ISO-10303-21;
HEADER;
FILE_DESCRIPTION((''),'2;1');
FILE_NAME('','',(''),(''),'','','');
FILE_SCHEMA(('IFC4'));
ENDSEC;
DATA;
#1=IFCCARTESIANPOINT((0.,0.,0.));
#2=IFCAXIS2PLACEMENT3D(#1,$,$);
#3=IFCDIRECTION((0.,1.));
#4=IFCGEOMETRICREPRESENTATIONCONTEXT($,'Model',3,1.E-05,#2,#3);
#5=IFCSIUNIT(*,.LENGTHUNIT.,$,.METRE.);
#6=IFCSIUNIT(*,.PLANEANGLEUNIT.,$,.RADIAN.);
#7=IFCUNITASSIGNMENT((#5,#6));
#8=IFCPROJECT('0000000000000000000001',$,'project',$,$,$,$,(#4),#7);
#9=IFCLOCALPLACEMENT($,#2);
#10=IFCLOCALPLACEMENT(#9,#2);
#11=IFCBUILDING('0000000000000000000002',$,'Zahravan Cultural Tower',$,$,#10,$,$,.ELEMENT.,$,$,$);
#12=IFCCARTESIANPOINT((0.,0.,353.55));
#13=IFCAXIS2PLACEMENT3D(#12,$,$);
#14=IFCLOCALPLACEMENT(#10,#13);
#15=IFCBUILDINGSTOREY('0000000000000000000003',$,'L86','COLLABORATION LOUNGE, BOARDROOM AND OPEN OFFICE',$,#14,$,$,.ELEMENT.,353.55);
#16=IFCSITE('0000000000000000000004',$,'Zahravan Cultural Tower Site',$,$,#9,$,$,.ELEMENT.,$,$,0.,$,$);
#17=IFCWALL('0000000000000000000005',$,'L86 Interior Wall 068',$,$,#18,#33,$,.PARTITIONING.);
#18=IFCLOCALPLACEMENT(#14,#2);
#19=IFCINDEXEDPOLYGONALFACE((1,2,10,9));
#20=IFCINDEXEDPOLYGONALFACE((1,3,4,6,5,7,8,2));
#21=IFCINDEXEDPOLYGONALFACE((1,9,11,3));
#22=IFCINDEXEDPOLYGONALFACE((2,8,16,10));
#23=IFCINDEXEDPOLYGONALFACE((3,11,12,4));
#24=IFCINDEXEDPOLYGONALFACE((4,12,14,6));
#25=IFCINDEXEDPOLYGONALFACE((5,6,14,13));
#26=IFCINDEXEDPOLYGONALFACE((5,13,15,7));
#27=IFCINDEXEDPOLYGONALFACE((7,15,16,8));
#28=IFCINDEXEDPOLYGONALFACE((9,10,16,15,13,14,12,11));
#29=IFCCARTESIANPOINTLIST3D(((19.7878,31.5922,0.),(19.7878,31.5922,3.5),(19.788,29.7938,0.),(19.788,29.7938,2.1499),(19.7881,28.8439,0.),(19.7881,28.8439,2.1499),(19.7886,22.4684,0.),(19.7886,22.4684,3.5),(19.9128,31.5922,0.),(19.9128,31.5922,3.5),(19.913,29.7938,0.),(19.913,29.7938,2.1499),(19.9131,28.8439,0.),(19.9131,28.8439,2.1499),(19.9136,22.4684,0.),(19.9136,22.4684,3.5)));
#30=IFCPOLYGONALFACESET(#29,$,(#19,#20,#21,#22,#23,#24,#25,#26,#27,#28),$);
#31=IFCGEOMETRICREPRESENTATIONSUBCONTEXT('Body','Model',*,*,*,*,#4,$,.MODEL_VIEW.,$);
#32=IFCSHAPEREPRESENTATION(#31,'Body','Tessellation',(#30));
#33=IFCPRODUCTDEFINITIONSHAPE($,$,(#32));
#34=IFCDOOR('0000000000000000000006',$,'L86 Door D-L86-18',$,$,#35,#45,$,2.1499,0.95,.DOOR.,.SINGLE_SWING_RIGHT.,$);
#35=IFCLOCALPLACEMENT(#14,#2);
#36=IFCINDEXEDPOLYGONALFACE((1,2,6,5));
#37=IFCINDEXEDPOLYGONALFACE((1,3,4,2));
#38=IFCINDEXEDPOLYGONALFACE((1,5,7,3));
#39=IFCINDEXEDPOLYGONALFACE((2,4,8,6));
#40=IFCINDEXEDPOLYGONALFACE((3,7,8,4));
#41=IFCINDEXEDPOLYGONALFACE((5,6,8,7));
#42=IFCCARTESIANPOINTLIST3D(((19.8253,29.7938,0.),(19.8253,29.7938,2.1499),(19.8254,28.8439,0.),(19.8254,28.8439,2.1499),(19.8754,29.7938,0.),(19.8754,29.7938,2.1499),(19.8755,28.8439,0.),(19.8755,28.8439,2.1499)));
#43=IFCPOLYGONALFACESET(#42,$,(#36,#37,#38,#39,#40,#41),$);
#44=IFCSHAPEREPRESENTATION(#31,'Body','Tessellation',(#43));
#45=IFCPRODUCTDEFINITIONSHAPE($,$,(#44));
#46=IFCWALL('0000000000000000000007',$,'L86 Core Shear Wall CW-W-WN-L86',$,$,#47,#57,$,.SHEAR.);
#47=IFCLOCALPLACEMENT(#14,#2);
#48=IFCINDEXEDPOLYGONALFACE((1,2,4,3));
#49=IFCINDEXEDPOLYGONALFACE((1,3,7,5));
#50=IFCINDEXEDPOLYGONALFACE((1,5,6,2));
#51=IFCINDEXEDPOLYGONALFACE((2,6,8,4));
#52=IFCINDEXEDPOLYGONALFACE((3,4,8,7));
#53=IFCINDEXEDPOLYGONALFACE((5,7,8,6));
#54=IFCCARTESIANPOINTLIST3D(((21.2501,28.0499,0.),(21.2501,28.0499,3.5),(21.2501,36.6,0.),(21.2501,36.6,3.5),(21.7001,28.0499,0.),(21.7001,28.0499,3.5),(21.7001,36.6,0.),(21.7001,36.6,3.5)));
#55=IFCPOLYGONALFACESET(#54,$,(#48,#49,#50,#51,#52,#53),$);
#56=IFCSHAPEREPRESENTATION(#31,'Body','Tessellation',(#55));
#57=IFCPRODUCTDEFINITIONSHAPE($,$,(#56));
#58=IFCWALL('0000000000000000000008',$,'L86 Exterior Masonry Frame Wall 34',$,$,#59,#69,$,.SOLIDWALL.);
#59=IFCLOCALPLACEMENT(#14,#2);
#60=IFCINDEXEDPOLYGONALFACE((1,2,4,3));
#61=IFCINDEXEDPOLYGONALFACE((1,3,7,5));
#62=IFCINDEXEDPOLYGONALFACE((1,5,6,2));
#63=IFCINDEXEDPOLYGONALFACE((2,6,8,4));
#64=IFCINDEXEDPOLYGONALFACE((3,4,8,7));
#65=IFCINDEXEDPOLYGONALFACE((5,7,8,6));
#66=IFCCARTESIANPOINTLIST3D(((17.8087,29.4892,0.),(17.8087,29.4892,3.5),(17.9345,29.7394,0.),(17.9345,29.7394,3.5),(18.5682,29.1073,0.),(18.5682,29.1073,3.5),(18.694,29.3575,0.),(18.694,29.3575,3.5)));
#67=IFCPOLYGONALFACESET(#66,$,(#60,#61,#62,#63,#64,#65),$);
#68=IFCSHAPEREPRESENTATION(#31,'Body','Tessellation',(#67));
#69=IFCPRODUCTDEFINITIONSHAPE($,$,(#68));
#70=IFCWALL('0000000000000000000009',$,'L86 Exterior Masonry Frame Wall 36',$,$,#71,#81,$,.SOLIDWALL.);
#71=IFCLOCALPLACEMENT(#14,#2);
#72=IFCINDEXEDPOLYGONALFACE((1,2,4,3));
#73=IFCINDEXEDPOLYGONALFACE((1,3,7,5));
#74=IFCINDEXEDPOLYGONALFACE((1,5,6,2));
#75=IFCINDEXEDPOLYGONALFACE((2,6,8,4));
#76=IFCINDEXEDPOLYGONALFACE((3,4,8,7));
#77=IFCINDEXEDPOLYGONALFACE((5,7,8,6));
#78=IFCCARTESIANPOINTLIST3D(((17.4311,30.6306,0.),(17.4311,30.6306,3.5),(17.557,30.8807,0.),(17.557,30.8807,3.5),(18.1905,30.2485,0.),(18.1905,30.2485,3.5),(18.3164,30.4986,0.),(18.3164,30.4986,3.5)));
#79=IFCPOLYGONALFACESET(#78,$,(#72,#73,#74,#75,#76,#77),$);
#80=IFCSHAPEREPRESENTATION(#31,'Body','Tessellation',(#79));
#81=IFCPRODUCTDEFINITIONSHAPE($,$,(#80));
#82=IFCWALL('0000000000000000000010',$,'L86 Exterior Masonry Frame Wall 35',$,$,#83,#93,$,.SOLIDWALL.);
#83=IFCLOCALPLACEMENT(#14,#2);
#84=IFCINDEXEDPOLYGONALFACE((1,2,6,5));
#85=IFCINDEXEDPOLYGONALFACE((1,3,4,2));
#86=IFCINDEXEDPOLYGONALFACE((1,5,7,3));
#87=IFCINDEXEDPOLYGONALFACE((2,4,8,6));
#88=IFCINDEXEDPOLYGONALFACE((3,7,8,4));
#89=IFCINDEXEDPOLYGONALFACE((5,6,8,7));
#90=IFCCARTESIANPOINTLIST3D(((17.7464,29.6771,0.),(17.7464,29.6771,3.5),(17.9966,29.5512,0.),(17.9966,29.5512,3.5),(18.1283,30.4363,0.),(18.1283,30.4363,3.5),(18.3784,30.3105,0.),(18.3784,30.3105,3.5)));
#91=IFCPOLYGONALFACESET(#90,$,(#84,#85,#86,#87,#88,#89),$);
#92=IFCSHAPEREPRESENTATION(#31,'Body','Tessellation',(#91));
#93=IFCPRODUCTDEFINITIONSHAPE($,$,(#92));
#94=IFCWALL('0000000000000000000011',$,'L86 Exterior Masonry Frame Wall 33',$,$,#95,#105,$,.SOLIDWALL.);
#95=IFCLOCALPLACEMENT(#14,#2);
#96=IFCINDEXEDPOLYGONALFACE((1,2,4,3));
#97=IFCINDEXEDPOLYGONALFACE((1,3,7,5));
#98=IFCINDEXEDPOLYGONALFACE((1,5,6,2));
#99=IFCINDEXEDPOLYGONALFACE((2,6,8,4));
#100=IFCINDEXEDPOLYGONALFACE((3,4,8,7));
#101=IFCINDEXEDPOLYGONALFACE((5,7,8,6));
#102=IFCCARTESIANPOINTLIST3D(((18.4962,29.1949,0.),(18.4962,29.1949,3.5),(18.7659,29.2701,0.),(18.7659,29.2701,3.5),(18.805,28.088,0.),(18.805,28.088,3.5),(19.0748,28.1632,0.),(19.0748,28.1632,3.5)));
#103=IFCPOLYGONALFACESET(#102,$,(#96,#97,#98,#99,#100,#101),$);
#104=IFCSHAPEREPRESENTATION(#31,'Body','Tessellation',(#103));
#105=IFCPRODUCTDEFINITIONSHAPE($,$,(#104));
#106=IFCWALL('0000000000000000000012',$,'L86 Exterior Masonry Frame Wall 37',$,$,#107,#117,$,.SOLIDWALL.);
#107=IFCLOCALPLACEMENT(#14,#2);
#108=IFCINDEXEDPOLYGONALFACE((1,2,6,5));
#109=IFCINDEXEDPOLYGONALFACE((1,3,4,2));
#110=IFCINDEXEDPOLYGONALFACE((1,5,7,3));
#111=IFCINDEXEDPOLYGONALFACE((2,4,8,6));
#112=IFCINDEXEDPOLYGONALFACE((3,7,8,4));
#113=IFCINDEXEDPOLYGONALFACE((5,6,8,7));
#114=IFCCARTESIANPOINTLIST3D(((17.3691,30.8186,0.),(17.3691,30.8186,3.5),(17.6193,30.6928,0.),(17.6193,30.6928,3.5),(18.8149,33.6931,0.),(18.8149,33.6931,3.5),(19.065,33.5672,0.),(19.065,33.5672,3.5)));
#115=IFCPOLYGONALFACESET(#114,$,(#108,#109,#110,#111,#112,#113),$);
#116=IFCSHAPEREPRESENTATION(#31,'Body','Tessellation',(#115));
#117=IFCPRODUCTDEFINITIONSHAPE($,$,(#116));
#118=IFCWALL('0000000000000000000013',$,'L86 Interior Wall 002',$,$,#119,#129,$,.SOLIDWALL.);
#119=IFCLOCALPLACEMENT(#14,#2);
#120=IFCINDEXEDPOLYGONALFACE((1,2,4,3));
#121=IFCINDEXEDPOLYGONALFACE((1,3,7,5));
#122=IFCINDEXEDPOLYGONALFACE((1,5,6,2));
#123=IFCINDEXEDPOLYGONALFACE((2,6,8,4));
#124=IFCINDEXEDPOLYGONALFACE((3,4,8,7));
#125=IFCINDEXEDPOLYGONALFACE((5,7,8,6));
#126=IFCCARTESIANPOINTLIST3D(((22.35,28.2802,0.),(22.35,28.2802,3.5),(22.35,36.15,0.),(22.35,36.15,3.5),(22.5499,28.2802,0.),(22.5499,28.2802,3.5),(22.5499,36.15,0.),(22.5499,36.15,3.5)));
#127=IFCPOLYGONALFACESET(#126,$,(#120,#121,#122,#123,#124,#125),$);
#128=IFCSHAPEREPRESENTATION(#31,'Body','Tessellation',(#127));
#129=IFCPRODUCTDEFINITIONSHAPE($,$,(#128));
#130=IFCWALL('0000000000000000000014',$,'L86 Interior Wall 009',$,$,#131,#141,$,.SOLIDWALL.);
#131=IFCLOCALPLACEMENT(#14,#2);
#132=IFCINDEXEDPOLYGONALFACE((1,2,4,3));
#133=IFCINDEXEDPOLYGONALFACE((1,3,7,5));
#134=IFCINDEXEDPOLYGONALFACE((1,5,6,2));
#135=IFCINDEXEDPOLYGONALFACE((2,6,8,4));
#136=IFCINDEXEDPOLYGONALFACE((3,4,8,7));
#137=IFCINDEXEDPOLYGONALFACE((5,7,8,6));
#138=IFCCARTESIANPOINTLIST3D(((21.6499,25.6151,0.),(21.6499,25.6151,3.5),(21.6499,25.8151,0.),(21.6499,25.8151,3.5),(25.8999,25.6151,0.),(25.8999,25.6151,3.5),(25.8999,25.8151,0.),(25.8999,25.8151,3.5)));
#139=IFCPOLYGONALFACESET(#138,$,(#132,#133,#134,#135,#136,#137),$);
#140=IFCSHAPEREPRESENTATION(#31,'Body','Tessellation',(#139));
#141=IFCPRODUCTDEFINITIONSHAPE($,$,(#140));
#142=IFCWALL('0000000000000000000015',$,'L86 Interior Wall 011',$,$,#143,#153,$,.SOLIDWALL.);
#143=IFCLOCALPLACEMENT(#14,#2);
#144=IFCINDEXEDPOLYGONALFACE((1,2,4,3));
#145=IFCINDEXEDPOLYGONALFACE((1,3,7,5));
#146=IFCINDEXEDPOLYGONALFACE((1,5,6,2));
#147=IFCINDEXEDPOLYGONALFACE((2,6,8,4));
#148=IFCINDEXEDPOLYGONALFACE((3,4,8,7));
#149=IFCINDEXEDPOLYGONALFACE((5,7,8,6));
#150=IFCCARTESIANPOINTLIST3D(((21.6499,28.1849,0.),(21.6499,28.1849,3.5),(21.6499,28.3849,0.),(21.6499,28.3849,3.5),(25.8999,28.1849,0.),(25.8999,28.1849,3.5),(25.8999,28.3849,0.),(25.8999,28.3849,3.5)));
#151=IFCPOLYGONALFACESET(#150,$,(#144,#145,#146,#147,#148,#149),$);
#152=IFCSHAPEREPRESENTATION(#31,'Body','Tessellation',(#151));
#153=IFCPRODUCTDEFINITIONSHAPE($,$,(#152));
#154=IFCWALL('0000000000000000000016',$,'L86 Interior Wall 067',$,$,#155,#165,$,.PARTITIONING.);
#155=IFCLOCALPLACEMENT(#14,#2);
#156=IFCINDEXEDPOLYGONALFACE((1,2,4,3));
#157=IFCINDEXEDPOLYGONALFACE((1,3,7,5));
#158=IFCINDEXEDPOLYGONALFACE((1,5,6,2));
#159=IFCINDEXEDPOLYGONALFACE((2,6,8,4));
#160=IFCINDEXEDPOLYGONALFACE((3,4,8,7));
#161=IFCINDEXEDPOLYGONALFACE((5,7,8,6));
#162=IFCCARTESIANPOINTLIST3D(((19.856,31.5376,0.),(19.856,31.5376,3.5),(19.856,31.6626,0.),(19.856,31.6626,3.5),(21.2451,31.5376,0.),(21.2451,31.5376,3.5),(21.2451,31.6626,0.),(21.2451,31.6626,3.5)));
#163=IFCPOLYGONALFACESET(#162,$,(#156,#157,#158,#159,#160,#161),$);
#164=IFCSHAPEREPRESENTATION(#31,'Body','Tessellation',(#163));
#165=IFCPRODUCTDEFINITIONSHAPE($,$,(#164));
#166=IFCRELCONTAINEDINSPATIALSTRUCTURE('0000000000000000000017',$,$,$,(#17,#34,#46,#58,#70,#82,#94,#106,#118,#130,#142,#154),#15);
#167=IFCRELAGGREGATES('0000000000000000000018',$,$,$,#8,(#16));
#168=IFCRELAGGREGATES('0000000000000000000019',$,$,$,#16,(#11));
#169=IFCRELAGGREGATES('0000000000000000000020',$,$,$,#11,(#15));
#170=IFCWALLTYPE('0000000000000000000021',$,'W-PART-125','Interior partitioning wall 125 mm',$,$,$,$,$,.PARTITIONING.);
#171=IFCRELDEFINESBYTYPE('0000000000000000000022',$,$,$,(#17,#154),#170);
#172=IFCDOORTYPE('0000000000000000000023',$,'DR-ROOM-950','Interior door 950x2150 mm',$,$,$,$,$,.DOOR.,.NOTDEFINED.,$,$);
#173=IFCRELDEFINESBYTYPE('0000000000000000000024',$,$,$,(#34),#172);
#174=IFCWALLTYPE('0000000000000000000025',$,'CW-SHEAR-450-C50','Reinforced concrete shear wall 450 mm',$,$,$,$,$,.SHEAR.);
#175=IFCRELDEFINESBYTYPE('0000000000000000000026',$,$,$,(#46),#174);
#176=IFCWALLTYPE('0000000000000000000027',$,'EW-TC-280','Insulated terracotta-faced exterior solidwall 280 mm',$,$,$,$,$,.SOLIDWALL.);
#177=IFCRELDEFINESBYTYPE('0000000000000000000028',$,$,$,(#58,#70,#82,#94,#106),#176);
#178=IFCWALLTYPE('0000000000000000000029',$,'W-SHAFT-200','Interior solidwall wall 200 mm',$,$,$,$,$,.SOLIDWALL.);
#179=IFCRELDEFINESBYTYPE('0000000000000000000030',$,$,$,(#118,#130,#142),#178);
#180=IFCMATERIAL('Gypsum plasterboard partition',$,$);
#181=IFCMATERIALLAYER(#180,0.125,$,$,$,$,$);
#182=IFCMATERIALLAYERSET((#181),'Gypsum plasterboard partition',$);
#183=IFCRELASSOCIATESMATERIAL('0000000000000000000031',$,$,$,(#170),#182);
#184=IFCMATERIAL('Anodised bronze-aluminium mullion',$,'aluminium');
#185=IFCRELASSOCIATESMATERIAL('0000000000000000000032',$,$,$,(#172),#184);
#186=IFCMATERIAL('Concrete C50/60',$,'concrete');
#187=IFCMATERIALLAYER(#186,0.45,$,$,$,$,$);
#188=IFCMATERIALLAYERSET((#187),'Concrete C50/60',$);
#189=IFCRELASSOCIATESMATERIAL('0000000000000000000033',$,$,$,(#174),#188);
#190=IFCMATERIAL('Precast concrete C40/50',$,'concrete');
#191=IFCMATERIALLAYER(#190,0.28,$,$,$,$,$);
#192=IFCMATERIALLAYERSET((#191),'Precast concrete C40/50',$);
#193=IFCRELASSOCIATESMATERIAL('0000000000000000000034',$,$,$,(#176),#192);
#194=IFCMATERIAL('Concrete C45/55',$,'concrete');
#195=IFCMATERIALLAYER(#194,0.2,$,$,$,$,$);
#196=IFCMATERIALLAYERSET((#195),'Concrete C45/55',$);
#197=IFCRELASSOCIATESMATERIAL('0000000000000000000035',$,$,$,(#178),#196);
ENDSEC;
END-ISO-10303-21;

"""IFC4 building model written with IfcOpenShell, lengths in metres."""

from ifc_helpers import new_model, si_unit, direction, frame, frame_2d, origin, place, context, subcontext, project, spatial, rectangle, extrude, source, transform, mapped, material, layer, layer_set, type_object, element, fill, save


model = new_model("IFC4")

# Units and contexts
model_context = context("Model", 3, precision=1e-05, world=origin(), true_north=direction((0.0, 1.0)))
body_context = subcontext(model_context, "Body", "Model", "MODEL_VIEW")
ifc_project = project(units=[si_unit("LENGTHUNIT", "METRE"), si_unit("PLANEANGLEUNIT", "RADIAN")], contexts=[model_context])

# Site, building, storey
site_placement = place(None, origin())
site = spatial("IfcSite", under=ifc_project, at=site_placement, Name="Zahravan Cultural Tower Site", CompositionType="ELEMENT", RefElevation=0.0)
building_placement = place(site_placement, origin())
building = spatial("IfcBuilding", under=site, at=building_placement, Name="Zahravan Cultural Tower", CompositionType="ELEMENT")
storey_placement = place(building_placement, frame((0.0, 0.0, 353.55)))
storey = spatial("IfcBuildingStorey", under=building, at=storey_placement, Name="L86", Description="COLLABORATION LOUNGE, BOARDROOM AND OPEN OFFICE", CompositionType="ELEMENT", Elevation=353.55)

# Wall, opening, door
ifc_material_1 = material(Name="Gypsum plasterboard partition")
ifc_layer_1 = layer(ifc_material_1, 0.125)
ifc_layer_set_1 = layer_set([ifc_layer_1], Name="Gypsum plasterboard partition")
wall_type_1 = type_object("IfcWallType", Name="W-PART-125", Description="Interior partitioning wall 125 mm", PredefinedType="PARTITIONING", material=ifc_layer_set_1)
wall_1_placement = place(storey_placement, frame((19.8503, 31.5923, 0.0), z_axis=(0.0, 0.0, 1.0), x_axis=(0.00008, -1.0, 0.0)))
wall_1 = element("IfcWall", 1, at=wall_1_placement, inside=storey, type_object=wall_type_1, Name="L86 Interior Wall 068", PredefinedType="PARTITIONING", context=body_context, shape_type="SweptSolid", body=[
    extrude(rectangle(XDim=9.1238, YDim=0.125, at=frame_2d((4.562, 0.0))), origin(), (0.0, 0.0, 1.0), 3.5),
])
opening_placement = place(wall_1_placement, frame((1.7983, 0.0, 0.0)))
opening = element("IfcOpeningElement", 2, at=opening_placement, cuts=wall_1, PredefinedType="OPENING", context=body_context, shape_type="SweptSolid", body=[
    extrude(rectangle(XDim=0.95, YDim=2.1499, at=frame_2d((0.4751, 1.075))), frame((0.0, 0.0725, 0.0), z_axis=(0.0, -1.0, 0.0), x_axis=(1.0, 0.0, 0.0)), (0.0, 0.0, 1.0), 0.145),
])
ifc_material_2 = material(Name="Anodised bronze-aluminium mullion", Category="aluminium")
door_type = type_object("IfcDoorType", Name="DR-ROOM-950", Description="Interior door 950x2150 mm", OperationType="NOTDEFINED", PredefinedType="DOOR", material=ifc_material_2)
shared_shape_1 = source(origin(), body_context, "Body", "SweptSolid", [
    extrude(rectangle(XDim=0.95, YDim=2.1499, at=frame_2d((0.4751, 1.075))), frame((0.0, 0.0249, 0.0), z_axis=(0.0, -1.0, 0.0), x_axis=(1.0, 0.0, 0.0)), (0.0, 0.0, 1.0), 0.05),
])
door_placement = place(opening_placement, origin())
door = element("IfcDoor", 3, at=door_placement, inside=storey, type_object=door_type, Name="L86 Door D-L86-18", OperationType="SINGLE_SWING_RIGHT", OverallHeight=2.1499, OverallWidth=0.95, PredefinedType="DOOR", context=body_context, shape_type="MappedRepresentation", body=[
    mapped(shared_shape_1, transform((0.0, 0.0, 0.0), x_axis=(1.0, 0.0, 0.0), y_axis=(0.0, 1.0, 0.0), z_axis=(0.0, 0.0, 1.0), scale=1.0)),
])
fill(opening, door)

# Walls
ifc_material_3 = material(Name="Concrete C50/60", Category="concrete")
ifc_layer_2 = layer(ifc_material_3, 0.45)
ifc_layer_set_2 = layer_set([ifc_layer_2], Name="Concrete C50/60")
wall_type_2 = type_object("IfcWallType", Name="CW-SHEAR-450-C50", Description="Reinforced concrete shear wall 450 mm", PredefinedType="SHEAR", material=ifc_layer_set_2)
shared_shape_2 = source(origin(), body_context, "Body", "SweptSolid", [
    extrude(rectangle(XDim=8.55, YDim=0.45, at=frame_2d((4.2749, 0.0))), origin(), (0.0, 0.0, 1.0), 3.5),
])
wall_2_placement = place(storey_placement, frame((21.4751, 28.05, 0.0), z_axis=(0.0, 0.0, 1.0), x_axis=(0.0, 1.0, 0.0)))
element("IfcWall", 4, at=wall_2_placement, inside=storey, type_object=wall_type_2, Name="L86 Core Shear Wall CW-W-WN-L86", PredefinedType="SHEAR", context=body_context, shape_type="MappedRepresentation", body=[
    mapped(shared_shape_2, transform((0.0, 0.0, 0.0), x_axis=(1.0, 0.0, 0.0), y_axis=(0.0, 1.0, 0.0), z_axis=(0.0, 0.0, 1.0), scale=1.0)),
])
ifc_material_4 = material(Name="Precast concrete C40/50", Category="concrete")
ifc_layer_3 = layer(ifc_material_4, 0.28)
ifc_layer_set_3 = layer_set([ifc_layer_3], Name="Precast concrete C40/50")
wall_type_3 = type_object("IfcWallType", Name="EW-TC-280", Description="Insulated terracotta-faced exterior solidwall 280 mm", PredefinedType="SOLIDWALL", material=ifc_layer_set_3)
shared_shape_3 = source(origin(), body_context, "Body", "SweptSolid", [
    extrude(rectangle(XDim=0.8501, YDim=0.28, at=frame_2d((0.425, 0.0))), origin(), (0.0, 0.0, 1.0), 3.5),
])
for number, where, z_axis, x_axis, name in (
    (5, (18.6311, 29.2324, 0.0), (0.0, 0.0, 1.0), (-0.893449, 0.449165, 0.0), "L86 Exterior Masonry Frame Wall 34"),
    (6, (18.2534, 30.3735, 0.0), (0.0, 0.0, 1.0), (-0.893275, 0.44951, 0.0), "L86 Exterior Masonry Frame Wall 36"),
):
    element("IfcWall", number, at=place(storey_placement, frame(where, z_axis=z_axis, x_axis=x_axis)), inside=storey, type_object=wall_type_3, Name=name, PredefinedType="SOLIDWALL", context=body_context, shape_type="MappedRepresentation", body=[
        mapped(shared_shape_3, transform((0.0, 0.0, 0.0), x_axis=(1.0, 0.0, 0.0), y_axis=(0.0, 1.0, 0.0), z_axis=(0.0, 0.0, 1.0), scale=1.0)),
    ])
shared_shape_4 = source(origin(), body_context, "Body", "SweptSolid", [
    extrude(rectangle(XDim=0.8499, YDim=0.28, at=frame_2d((0.4248, 0.0))), origin(), (0.0, 0.0, 1.0), 3.5),
])
wall_3_placement = place(storey_placement, frame((17.8716, 29.6143, 0.0), z_axis=(0.0, 0.0, 1.0), x_axis=(0.449281, 0.893391, 0.0)))
element("IfcWall", 7, at=wall_3_placement, inside=storey, type_object=wall_type_3, Name="L86 Exterior Masonry Frame Wall 35", PredefinedType="SOLIDWALL", context=body_context, shape_type="MappedRepresentation", body=[
    mapped(shared_shape_4, transform((0.0, 0.0, 0.0), x_axis=(1.0, 0.0, 0.0), y_axis=(0.0, 1.0, 0.0), z_axis=(0.0, 0.0, 1.0), scale=1.0)),
])
shared_shape_5 = source(origin(), body_context, "Body", "SweptSolid", [
    extrude(rectangle(XDim=1.1492, YDim=0.28, at=frame_2d((0.5747, 0.0))), origin(), (0.0, 0.0, 1.0), 3.5),
])
wall_4_placement = place(storey_placement, frame((18.9399, 28.1255, 0.0), z_axis=(0.0, 0.0, 1.0), x_axis=(-0.268739, 0.963213, 0.0)))
element("IfcWall", 8, at=wall_4_placement, inside=storey, type_object=wall_type_3, Name="L86 Exterior Masonry Frame Wall 33", PredefinedType="SOLIDWALL", context=body_context, shape_type="MappedRepresentation", body=[
    mapped(shared_shape_5, transform((0.0, 0.0, 0.0), x_axis=(1.0, 0.0, 0.0), y_axis=(0.0, 1.0, 0.0), z_axis=(0.0, 0.0, 1.0), scale=1.0)),
])
shared_shape_6 = source(origin(), body_context, "Body", "SweptSolid", [
    extrude(rectangle(XDim=3.2175, YDim=0.28, at=frame_2d((1.6089, 0.0))), origin(), (0.0, 0.0, 1.0), 3.5),
])
wall_5_placement = place(storey_placement, frame((17.4941, 30.7556, 0.0), z_axis=(0.0, 0.0, 1.0), x_axis=(0.449337, 0.893362, 0.0)))
element("IfcWall", 9, at=wall_5_placement, inside=storey, type_object=wall_type_3, Name="L86 Exterior Masonry Frame Wall 37", PredefinedType="SOLIDWALL", context=body_context, shape_type="MappedRepresentation", body=[
    mapped(shared_shape_6, transform((0.0, 0.0, 0.0), x_axis=(1.0, 0.0, 0.0), y_axis=(0.0, 1.0, 0.0), z_axis=(0.0, 0.0, 1.0), scale=1.0)),
])
ifc_material_5 = material(Name="Concrete C45/55", Category="concrete")
ifc_layer_4 = layer(ifc_material_5, 0.2)
ifc_layer_set_4 = layer_set([ifc_layer_4], Name="Concrete C45/55")
wall_type_4 = type_object("IfcWallType", Name="W-SHAFT-200", Description="Interior solidwall wall 200 mm", PredefinedType="SOLIDWALL", material=ifc_layer_set_4)
shared_shape_7 = source(origin(), body_context, "Body", "SweptSolid", [
    extrude(rectangle(XDim=7.8699, YDim=0.2, at=frame_2d((3.9351, 0.0))), origin(), (0.0, 0.0, 1.0), 3.5),
])
wall_6_placement = place(storey_placement, frame((22.45, 28.28, 0.0), z_axis=(0.0, 0.0, 1.0), x_axis=(0.0, 1.0, 0.0)))
element("IfcWall", 10, at=wall_6_placement, inside=storey, type_object=wall_type_4, Name="L86 Interior Wall 002", PredefinedType="SOLIDWALL", context=body_context, shape_type="MappedRepresentation", body=[
    mapped(shared_shape_7, transform((0.0, 0.0, 0.0), x_axis=(1.0, 0.0, 0.0), y_axis=(0.0, 1.0, 0.0), z_axis=(0.0, 0.0, 1.0), scale=1.0)),
])
shared_shape_8 = source(origin(), body_context, "Body", "SweptSolid", [
    extrude(rectangle(XDim=4.25, YDim=0.2, at=frame_2d((2.125, 0.0))), origin(), (0.0, 0.0, 1.0), 3.5),
])
for number, where, z_axis, x_axis, name in (
    (11, (21.6499, 25.7151, 0.0), (0.0, 0.0, 1.0), (1.0, 0.0, 0.0), "L86 Interior Wall 009"),
    (12, (21.6499, 28.2849, 0.0), (0.0, 0.0, 1.0), (1.0, 0.0, 0.0), "L86 Interior Wall 011"),
):
    element("IfcWall", number, at=place(storey_placement, frame(where, z_axis=z_axis, x_axis=x_axis)), inside=storey, type_object=wall_type_4, Name=name, PredefinedType="SOLIDWALL", context=body_context, shape_type="MappedRepresentation", body=[
        mapped(shared_shape_8, transform((0.0, 0.0, 0.0), x_axis=(1.0, 0.0, 0.0), y_axis=(0.0, 1.0, 0.0), z_axis=(0.0, 0.0, 1.0), scale=1.0)),
    ])
shared_shape_9 = source(origin(), body_context, "Body", "SweptSolid", [
    extrude(rectangle(XDim=1.3892, YDim=0.125, at=frame_2d((0.6946, 0.0))), origin(), (0.0, 0.0, 1.0), 3.5),
])
wall_7_placement = place(storey_placement, frame((21.2451, 31.6001, 0.0), z_axis=(0.0, 0.0, 1.0), x_axis=(-1.0, 0.0, 0.0)))
element("IfcWall", 13, at=wall_7_placement, inside=storey, type_object=wall_type_1, Name="L86 Interior Wall 067", PredefinedType="PARTITIONING", context=body_context, shape_type="MappedRepresentation", body=[
    mapped(shared_shape_9, transform((0.0, 0.0, 0.0), x_axis=(1.0, 0.0, 0.0), y_axis=(0.0, 1.0, 0.0), z_axis=(0.0, 0.0, 1.0), scale=1.0)),
])

save(model, "model.ifc")
